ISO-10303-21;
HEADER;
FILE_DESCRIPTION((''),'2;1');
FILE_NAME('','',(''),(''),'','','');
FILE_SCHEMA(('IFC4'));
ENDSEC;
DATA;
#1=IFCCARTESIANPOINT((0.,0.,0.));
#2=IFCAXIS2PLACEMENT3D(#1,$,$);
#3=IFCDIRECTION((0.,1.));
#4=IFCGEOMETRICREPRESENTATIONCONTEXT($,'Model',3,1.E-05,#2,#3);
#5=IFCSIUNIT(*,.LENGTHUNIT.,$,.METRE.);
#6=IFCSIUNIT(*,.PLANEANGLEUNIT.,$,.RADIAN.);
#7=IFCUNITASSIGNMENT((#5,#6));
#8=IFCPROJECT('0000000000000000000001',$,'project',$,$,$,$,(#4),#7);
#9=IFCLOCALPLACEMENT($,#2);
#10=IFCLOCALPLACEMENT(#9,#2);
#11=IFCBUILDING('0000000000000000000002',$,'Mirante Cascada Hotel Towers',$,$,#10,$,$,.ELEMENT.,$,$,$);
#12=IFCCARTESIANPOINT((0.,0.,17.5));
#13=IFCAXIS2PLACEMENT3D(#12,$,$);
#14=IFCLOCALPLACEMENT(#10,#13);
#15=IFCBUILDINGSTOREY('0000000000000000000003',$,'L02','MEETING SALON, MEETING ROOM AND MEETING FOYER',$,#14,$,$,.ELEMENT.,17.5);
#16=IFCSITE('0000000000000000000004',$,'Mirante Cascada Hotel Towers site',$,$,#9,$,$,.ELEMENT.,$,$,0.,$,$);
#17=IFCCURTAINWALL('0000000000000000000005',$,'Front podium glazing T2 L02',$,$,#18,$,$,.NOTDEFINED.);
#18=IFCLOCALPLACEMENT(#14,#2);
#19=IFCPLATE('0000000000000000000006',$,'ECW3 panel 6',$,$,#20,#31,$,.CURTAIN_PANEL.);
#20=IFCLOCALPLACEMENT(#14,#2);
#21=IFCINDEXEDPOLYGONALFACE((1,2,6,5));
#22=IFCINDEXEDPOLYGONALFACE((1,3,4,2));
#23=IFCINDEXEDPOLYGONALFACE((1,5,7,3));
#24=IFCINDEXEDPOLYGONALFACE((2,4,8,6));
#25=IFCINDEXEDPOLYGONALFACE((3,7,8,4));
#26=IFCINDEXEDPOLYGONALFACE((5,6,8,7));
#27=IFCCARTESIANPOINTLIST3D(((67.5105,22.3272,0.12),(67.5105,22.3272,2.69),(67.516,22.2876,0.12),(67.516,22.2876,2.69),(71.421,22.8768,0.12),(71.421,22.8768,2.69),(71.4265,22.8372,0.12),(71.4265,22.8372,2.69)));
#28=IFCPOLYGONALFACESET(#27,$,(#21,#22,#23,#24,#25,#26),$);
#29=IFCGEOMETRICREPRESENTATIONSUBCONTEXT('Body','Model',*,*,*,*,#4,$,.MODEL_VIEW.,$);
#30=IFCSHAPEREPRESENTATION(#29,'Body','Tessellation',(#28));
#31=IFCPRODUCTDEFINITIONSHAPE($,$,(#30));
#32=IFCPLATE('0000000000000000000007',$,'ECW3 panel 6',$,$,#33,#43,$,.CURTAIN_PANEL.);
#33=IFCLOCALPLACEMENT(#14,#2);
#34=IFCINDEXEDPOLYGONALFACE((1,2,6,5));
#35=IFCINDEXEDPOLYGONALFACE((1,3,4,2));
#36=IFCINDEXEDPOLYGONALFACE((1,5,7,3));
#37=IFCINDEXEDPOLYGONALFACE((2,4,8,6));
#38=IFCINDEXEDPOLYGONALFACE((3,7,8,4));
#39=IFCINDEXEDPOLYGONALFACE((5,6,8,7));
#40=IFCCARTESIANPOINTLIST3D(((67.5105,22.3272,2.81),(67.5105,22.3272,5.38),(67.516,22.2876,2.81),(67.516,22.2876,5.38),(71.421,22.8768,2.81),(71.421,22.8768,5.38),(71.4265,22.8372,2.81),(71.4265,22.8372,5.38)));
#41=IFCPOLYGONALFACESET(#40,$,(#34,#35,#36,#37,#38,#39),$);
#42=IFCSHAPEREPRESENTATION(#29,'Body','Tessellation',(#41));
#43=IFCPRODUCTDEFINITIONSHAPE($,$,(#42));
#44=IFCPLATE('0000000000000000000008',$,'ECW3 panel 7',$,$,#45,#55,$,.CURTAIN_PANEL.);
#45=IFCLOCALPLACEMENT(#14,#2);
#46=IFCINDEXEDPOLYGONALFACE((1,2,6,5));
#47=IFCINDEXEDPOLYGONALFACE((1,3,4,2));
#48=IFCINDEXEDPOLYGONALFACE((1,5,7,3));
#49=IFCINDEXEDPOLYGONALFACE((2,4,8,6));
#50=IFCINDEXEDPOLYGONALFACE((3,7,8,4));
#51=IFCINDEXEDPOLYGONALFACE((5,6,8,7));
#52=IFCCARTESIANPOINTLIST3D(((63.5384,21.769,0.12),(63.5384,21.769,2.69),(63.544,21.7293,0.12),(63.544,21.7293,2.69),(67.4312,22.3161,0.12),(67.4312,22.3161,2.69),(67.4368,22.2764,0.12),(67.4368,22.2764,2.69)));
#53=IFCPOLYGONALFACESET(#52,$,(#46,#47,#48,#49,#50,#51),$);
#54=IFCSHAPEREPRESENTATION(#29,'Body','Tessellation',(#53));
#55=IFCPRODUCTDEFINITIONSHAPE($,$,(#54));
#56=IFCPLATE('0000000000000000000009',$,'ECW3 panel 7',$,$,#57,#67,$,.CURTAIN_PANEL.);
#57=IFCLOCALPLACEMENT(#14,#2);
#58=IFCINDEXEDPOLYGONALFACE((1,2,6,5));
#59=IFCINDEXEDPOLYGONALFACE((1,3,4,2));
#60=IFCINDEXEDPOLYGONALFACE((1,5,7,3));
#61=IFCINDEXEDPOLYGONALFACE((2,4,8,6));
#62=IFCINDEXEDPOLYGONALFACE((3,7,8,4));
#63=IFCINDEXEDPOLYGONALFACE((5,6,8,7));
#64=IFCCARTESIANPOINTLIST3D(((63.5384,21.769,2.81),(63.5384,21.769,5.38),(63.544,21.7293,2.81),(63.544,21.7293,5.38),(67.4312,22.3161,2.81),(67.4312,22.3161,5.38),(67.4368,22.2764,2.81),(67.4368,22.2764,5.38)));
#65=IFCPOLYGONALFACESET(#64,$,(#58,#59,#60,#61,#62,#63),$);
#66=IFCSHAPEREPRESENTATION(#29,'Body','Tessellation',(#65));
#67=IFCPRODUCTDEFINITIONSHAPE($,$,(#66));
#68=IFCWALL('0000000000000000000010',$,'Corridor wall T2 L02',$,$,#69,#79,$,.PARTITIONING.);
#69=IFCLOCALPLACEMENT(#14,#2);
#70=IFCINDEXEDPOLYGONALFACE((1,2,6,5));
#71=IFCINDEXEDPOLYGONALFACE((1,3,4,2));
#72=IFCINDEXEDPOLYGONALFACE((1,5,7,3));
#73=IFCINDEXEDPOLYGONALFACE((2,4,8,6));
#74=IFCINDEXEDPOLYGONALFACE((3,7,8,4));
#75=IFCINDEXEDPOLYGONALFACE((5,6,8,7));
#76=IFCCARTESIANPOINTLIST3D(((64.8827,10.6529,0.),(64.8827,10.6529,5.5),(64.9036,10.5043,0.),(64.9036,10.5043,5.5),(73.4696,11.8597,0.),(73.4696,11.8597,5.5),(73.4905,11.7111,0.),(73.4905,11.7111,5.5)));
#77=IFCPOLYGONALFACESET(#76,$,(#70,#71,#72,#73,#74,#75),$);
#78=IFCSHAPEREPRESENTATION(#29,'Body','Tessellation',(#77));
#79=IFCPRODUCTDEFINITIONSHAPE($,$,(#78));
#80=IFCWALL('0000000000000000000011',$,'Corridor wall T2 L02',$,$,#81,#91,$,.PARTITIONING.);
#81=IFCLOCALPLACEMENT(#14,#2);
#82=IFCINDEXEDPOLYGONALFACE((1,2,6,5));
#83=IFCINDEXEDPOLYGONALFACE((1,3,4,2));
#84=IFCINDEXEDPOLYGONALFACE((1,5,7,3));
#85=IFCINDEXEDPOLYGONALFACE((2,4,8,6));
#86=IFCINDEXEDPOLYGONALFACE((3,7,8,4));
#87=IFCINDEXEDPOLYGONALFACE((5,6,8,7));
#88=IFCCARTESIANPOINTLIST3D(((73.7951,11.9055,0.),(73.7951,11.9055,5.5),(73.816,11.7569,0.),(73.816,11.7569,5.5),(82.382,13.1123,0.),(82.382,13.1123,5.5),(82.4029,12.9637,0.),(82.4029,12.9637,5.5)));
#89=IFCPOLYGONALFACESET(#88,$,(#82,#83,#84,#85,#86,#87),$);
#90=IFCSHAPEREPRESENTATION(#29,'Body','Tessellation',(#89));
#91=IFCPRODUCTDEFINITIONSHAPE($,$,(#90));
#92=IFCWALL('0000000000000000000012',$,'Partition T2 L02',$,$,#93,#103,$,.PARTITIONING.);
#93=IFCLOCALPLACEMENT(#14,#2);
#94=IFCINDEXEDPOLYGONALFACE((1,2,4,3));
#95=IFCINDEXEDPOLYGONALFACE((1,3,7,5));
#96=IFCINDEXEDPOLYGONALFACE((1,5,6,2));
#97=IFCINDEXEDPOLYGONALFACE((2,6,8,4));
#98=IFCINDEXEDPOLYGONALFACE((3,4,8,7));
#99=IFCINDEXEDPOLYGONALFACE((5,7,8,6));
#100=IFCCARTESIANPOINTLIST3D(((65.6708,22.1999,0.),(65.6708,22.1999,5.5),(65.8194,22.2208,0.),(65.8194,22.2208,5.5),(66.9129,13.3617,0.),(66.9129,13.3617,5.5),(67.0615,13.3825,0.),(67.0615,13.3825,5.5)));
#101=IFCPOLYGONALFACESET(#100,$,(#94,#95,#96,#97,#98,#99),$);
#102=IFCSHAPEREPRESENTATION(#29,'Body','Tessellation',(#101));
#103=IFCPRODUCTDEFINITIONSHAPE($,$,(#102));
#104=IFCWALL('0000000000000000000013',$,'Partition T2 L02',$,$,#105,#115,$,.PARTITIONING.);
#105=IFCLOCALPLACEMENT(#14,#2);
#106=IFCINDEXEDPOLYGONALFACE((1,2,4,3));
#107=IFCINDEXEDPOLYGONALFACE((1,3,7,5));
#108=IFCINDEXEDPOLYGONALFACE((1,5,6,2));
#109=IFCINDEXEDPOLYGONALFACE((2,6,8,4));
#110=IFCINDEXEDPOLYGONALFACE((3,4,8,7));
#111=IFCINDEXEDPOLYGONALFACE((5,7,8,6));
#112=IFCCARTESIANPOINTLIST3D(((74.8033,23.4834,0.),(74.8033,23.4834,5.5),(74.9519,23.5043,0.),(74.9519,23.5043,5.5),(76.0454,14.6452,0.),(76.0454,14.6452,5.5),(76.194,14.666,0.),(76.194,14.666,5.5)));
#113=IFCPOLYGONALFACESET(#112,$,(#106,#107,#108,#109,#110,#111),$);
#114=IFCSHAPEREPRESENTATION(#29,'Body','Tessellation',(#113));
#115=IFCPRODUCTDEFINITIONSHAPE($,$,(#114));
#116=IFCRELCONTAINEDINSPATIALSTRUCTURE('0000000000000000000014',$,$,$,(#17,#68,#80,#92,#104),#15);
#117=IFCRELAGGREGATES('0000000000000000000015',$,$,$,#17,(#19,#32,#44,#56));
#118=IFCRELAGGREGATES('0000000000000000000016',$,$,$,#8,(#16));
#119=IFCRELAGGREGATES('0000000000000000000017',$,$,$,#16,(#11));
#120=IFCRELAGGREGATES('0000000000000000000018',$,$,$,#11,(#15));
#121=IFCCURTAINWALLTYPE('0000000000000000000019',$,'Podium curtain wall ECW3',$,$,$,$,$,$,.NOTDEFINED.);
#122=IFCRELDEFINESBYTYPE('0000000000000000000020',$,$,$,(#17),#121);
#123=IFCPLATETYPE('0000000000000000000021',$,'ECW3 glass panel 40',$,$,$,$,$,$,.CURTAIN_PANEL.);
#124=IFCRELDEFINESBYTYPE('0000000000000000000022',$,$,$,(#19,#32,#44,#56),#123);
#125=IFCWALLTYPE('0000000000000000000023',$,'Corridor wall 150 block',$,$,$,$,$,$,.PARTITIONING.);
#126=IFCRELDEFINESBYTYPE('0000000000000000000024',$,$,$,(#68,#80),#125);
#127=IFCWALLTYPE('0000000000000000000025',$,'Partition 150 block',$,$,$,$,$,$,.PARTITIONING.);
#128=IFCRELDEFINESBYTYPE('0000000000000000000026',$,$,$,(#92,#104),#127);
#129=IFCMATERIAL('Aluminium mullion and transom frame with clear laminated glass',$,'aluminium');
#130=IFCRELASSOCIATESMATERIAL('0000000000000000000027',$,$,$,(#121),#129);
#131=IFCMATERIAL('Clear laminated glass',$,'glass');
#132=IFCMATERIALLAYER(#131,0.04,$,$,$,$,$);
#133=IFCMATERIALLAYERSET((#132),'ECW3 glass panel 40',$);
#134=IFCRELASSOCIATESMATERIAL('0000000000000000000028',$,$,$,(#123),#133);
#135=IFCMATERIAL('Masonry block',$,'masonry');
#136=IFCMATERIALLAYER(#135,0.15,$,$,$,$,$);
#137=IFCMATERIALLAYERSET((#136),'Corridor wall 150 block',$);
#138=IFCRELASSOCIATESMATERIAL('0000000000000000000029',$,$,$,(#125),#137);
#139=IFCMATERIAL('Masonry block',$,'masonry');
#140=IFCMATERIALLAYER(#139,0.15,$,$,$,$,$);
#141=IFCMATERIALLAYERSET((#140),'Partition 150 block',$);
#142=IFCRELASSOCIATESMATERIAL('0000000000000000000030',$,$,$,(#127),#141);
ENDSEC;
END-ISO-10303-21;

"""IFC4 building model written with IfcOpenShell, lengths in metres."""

from ifc_helpers import new_model, si_unit, direction, frame, frame_2d, origin, origin_2d, place, context, subcontext, project, spatial, rectangle, extrude, material, layer, layer_set, type_object, element, aggregate, save


model = new_model("IFC4")

# Units and contexts
model_context = context("Model", 3, precision=1e-05, world=origin(), true_north=direction((0.0, 1.0)))
body_context = subcontext(model_context, "Body", "Model", "MODEL_VIEW")
ifc_project = project(units=[si_unit("LENGTHUNIT", "METRE"), si_unit("PLANEANGLEUNIT", "RADIAN")], contexts=[model_context])

# Site, building, storey
site_placement = place(None, origin())
site = spatial("IfcSite", under=ifc_project, at=site_placement, Name="Mirante Cascada Hotel Towers site", CompositionType="ELEMENT", RefElevation=0.0)
building_placement = place(site_placement, origin())
building = spatial("IfcBuilding", under=site, at=building_placement, Name="Mirante Cascada Hotel Towers", CompositionType="ELEMENT")
storey_placement = place(building_placement, frame((0.0, 0.0, 17.5)))
storey = spatial("IfcBuildingStorey", under=building, at=storey_placement, Name="L02", Description="MEETING SALON, MEETING ROOM AND MEETING FOYER", CompositionType="ELEMENT", Elevation=17.5)

# Curtain wall, plates
ifc_material_1 = material(Name="Aluminium mullion and transom frame with clear laminated glass", Category="aluminium")
curtain_wall_type = type_object("IfcCurtainWallType", Name="Podium curtain wall ECW3", PredefinedType="NOTDEFINED", material=ifc_material_1)
curtain_wall_placement = place(storey_placement, origin())
curtain_wall = element("IfcCurtainWall", 1, at=curtain_wall_placement, inside=storey, type_object=curtain_wall_type, Name="Front podium glazing T2 L02", PredefinedType="NOTDEFINED")
ifc_material_2 = material(Name="Clear laminated glass", Category="glass")
ifc_layer_1 = layer(ifc_material_2, 0.04)
ifc_layer_set_1 = layer_set([ifc_layer_1], Name="ECW3 glass panel 40")
plate_type = type_object("IfcPlateType", Name="ECW3 glass panel 40", PredefinedType="CURTAIN_PANEL", material=ifc_layer_set_1)
plate_1_placement = place(storey_placement, frame((69.4685, 22.5822, 0.12), z_axis=(0.0, 0.0, 1.0), x_axis=(-0.990268, -0.139173, 0.0)))
plate_1 = element("IfcPlate", 2, at=plate_1_placement, type_object=plate_type, Name="ECW3 panel 6", PredefinedType="CURTAIN_PANEL", context=body_context, shape_type="SweptSolid", body=[
    extrude(rectangle(XDim=3.9489, YDim=0.04, at=origin_2d()), origin(), (0.0, 0.0, 1.0), 2.57),
])
plate_2_placement = place(storey_placement, frame((69.4685, 22.5822, 2.81), z_axis=(0.0, 0.0, 1.0), x_axis=(-0.990268, -0.139173, 0.0)))
plate_2 = element("IfcPlate", 3, at=plate_2_placement, type_object=plate_type, Name="ECW3 panel 6", PredefinedType="CURTAIN_PANEL", context=body_context, shape_type="SweptSolid", body=[
    extrude(rectangle(XDim=3.9489, YDim=0.04, at=origin_2d()), origin(), (0.0, 0.0, 1.0), 2.57),
])
plate_3_placement = place(storey_placement, frame((65.4876, 22.0227, 0.12), z_axis=(0.0, 0.0, 1.0), x_axis=(-0.990268, -0.139173, 0.0)))
plate_3 = element("IfcPlate", 4, at=plate_3_placement, type_object=plate_type, Name="ECW3 panel 7", PredefinedType="CURTAIN_PANEL", context=body_context, shape_type="SweptSolid", body=[
    extrude(rectangle(XDim=3.9311, YDim=0.04, at=origin_2d()), origin(), (0.0, 0.0, 1.0), 2.57),
])
plate_4_placement = place(storey_placement, frame((65.4876, 22.0227, 2.81), z_axis=(0.0, 0.0, 1.0), x_axis=(-0.990268, -0.139173, 0.0)))
plate_4 = element("IfcPlate", 5, at=plate_4_placement, type_object=plate_type, Name="ECW3 panel 7", PredefinedType="CURTAIN_PANEL", context=body_context, shape_type="SweptSolid", body=[
    extrude(rectangle(XDim=3.9311, YDim=0.04, at=origin_2d()), origin(), (0.0, 0.0, 1.0), 2.57),
])
aggregate(curtain_wall, [plate_1, plate_2, plate_3, plate_4])

# Walls
ifc_material_3 = material(Name="Masonry block", Category="masonry")
ifc_layer_2 = layer(ifc_material_3, 0.15)
ifc_layer_set_2 = layer_set([ifc_layer_2], Name="Corridor wall 150 block")
wall_type_1 = type_object("IfcWallType", Name="Corridor wall 150 block", PredefinedType="PARTITIONING", material=ifc_layer_set_2)
for number, where, z_axis, x_axis, name in (
    (6, (64.8932, 10.5786, 0.0), (0.0, 0.0, 1.0), (0.990268, 0.139172, 0.0), "Corridor wall T2 L02"),
    (7, (73.8056, 11.8312, 0.0), (0.0, 0.0, 1.0), (0.990268, 0.139172, 0.0), "Corridor wall T2 L02"),
):
    element("IfcWall", number, at=place(storey_placement, frame(where, z_axis=z_axis, x_axis=x_axis)), inside=storey, type_object=wall_type_1, Name=name, PredefinedType="PARTITIONING", context=body_context, shape_type="SweptSolid", body=[
        extrude(rectangle(XDim=8.6713, YDim=0.15, at=frame_2d((4.3356, 0.0))), origin(), (0.0, 0.0, 1.0), 5.5),
    ])
ifc_material_4 = material(Name="Masonry block", Category="masonry")
ifc_layer_3 = layer(ifc_material_4, 0.15)
ifc_layer_set_3 = layer_set([ifc_layer_3], Name="Partition 150 block")
wall_type_2 = type_object("IfcWallType", Name="Partition 150 block", PredefinedType="PARTITIONING", material=ifc_layer_set_3)
for number, where, z_axis, x_axis, name in (
    (8, (65.7451, 22.2104, 0.0), (0.0, 0.0, 1.0), (0.13917, -0.990268, 0.0), "Partition T2 L02"),
    (9, (74.8776, 23.4939, 0.0), (0.0, 0.0, 1.0), (0.13917, -0.990268, 0.0), "Partition T2 L02"),
):
    element("IfcWall", number, at=place(storey_placement, frame(where, z_axis=z_axis, x_axis=x_axis)), inside=storey, type_object=wall_type_2, Name=name, PredefinedType="PARTITIONING", context=body_context, shape_type="SweptSolid", body=[
        extrude(rectangle(XDim=8.9251, YDim=0.15, at=frame_2d((4.4626, 0.0))), origin(), (0.0, 0.0, 1.0), 5.5),
    ])

save(model, "model.ifc")
